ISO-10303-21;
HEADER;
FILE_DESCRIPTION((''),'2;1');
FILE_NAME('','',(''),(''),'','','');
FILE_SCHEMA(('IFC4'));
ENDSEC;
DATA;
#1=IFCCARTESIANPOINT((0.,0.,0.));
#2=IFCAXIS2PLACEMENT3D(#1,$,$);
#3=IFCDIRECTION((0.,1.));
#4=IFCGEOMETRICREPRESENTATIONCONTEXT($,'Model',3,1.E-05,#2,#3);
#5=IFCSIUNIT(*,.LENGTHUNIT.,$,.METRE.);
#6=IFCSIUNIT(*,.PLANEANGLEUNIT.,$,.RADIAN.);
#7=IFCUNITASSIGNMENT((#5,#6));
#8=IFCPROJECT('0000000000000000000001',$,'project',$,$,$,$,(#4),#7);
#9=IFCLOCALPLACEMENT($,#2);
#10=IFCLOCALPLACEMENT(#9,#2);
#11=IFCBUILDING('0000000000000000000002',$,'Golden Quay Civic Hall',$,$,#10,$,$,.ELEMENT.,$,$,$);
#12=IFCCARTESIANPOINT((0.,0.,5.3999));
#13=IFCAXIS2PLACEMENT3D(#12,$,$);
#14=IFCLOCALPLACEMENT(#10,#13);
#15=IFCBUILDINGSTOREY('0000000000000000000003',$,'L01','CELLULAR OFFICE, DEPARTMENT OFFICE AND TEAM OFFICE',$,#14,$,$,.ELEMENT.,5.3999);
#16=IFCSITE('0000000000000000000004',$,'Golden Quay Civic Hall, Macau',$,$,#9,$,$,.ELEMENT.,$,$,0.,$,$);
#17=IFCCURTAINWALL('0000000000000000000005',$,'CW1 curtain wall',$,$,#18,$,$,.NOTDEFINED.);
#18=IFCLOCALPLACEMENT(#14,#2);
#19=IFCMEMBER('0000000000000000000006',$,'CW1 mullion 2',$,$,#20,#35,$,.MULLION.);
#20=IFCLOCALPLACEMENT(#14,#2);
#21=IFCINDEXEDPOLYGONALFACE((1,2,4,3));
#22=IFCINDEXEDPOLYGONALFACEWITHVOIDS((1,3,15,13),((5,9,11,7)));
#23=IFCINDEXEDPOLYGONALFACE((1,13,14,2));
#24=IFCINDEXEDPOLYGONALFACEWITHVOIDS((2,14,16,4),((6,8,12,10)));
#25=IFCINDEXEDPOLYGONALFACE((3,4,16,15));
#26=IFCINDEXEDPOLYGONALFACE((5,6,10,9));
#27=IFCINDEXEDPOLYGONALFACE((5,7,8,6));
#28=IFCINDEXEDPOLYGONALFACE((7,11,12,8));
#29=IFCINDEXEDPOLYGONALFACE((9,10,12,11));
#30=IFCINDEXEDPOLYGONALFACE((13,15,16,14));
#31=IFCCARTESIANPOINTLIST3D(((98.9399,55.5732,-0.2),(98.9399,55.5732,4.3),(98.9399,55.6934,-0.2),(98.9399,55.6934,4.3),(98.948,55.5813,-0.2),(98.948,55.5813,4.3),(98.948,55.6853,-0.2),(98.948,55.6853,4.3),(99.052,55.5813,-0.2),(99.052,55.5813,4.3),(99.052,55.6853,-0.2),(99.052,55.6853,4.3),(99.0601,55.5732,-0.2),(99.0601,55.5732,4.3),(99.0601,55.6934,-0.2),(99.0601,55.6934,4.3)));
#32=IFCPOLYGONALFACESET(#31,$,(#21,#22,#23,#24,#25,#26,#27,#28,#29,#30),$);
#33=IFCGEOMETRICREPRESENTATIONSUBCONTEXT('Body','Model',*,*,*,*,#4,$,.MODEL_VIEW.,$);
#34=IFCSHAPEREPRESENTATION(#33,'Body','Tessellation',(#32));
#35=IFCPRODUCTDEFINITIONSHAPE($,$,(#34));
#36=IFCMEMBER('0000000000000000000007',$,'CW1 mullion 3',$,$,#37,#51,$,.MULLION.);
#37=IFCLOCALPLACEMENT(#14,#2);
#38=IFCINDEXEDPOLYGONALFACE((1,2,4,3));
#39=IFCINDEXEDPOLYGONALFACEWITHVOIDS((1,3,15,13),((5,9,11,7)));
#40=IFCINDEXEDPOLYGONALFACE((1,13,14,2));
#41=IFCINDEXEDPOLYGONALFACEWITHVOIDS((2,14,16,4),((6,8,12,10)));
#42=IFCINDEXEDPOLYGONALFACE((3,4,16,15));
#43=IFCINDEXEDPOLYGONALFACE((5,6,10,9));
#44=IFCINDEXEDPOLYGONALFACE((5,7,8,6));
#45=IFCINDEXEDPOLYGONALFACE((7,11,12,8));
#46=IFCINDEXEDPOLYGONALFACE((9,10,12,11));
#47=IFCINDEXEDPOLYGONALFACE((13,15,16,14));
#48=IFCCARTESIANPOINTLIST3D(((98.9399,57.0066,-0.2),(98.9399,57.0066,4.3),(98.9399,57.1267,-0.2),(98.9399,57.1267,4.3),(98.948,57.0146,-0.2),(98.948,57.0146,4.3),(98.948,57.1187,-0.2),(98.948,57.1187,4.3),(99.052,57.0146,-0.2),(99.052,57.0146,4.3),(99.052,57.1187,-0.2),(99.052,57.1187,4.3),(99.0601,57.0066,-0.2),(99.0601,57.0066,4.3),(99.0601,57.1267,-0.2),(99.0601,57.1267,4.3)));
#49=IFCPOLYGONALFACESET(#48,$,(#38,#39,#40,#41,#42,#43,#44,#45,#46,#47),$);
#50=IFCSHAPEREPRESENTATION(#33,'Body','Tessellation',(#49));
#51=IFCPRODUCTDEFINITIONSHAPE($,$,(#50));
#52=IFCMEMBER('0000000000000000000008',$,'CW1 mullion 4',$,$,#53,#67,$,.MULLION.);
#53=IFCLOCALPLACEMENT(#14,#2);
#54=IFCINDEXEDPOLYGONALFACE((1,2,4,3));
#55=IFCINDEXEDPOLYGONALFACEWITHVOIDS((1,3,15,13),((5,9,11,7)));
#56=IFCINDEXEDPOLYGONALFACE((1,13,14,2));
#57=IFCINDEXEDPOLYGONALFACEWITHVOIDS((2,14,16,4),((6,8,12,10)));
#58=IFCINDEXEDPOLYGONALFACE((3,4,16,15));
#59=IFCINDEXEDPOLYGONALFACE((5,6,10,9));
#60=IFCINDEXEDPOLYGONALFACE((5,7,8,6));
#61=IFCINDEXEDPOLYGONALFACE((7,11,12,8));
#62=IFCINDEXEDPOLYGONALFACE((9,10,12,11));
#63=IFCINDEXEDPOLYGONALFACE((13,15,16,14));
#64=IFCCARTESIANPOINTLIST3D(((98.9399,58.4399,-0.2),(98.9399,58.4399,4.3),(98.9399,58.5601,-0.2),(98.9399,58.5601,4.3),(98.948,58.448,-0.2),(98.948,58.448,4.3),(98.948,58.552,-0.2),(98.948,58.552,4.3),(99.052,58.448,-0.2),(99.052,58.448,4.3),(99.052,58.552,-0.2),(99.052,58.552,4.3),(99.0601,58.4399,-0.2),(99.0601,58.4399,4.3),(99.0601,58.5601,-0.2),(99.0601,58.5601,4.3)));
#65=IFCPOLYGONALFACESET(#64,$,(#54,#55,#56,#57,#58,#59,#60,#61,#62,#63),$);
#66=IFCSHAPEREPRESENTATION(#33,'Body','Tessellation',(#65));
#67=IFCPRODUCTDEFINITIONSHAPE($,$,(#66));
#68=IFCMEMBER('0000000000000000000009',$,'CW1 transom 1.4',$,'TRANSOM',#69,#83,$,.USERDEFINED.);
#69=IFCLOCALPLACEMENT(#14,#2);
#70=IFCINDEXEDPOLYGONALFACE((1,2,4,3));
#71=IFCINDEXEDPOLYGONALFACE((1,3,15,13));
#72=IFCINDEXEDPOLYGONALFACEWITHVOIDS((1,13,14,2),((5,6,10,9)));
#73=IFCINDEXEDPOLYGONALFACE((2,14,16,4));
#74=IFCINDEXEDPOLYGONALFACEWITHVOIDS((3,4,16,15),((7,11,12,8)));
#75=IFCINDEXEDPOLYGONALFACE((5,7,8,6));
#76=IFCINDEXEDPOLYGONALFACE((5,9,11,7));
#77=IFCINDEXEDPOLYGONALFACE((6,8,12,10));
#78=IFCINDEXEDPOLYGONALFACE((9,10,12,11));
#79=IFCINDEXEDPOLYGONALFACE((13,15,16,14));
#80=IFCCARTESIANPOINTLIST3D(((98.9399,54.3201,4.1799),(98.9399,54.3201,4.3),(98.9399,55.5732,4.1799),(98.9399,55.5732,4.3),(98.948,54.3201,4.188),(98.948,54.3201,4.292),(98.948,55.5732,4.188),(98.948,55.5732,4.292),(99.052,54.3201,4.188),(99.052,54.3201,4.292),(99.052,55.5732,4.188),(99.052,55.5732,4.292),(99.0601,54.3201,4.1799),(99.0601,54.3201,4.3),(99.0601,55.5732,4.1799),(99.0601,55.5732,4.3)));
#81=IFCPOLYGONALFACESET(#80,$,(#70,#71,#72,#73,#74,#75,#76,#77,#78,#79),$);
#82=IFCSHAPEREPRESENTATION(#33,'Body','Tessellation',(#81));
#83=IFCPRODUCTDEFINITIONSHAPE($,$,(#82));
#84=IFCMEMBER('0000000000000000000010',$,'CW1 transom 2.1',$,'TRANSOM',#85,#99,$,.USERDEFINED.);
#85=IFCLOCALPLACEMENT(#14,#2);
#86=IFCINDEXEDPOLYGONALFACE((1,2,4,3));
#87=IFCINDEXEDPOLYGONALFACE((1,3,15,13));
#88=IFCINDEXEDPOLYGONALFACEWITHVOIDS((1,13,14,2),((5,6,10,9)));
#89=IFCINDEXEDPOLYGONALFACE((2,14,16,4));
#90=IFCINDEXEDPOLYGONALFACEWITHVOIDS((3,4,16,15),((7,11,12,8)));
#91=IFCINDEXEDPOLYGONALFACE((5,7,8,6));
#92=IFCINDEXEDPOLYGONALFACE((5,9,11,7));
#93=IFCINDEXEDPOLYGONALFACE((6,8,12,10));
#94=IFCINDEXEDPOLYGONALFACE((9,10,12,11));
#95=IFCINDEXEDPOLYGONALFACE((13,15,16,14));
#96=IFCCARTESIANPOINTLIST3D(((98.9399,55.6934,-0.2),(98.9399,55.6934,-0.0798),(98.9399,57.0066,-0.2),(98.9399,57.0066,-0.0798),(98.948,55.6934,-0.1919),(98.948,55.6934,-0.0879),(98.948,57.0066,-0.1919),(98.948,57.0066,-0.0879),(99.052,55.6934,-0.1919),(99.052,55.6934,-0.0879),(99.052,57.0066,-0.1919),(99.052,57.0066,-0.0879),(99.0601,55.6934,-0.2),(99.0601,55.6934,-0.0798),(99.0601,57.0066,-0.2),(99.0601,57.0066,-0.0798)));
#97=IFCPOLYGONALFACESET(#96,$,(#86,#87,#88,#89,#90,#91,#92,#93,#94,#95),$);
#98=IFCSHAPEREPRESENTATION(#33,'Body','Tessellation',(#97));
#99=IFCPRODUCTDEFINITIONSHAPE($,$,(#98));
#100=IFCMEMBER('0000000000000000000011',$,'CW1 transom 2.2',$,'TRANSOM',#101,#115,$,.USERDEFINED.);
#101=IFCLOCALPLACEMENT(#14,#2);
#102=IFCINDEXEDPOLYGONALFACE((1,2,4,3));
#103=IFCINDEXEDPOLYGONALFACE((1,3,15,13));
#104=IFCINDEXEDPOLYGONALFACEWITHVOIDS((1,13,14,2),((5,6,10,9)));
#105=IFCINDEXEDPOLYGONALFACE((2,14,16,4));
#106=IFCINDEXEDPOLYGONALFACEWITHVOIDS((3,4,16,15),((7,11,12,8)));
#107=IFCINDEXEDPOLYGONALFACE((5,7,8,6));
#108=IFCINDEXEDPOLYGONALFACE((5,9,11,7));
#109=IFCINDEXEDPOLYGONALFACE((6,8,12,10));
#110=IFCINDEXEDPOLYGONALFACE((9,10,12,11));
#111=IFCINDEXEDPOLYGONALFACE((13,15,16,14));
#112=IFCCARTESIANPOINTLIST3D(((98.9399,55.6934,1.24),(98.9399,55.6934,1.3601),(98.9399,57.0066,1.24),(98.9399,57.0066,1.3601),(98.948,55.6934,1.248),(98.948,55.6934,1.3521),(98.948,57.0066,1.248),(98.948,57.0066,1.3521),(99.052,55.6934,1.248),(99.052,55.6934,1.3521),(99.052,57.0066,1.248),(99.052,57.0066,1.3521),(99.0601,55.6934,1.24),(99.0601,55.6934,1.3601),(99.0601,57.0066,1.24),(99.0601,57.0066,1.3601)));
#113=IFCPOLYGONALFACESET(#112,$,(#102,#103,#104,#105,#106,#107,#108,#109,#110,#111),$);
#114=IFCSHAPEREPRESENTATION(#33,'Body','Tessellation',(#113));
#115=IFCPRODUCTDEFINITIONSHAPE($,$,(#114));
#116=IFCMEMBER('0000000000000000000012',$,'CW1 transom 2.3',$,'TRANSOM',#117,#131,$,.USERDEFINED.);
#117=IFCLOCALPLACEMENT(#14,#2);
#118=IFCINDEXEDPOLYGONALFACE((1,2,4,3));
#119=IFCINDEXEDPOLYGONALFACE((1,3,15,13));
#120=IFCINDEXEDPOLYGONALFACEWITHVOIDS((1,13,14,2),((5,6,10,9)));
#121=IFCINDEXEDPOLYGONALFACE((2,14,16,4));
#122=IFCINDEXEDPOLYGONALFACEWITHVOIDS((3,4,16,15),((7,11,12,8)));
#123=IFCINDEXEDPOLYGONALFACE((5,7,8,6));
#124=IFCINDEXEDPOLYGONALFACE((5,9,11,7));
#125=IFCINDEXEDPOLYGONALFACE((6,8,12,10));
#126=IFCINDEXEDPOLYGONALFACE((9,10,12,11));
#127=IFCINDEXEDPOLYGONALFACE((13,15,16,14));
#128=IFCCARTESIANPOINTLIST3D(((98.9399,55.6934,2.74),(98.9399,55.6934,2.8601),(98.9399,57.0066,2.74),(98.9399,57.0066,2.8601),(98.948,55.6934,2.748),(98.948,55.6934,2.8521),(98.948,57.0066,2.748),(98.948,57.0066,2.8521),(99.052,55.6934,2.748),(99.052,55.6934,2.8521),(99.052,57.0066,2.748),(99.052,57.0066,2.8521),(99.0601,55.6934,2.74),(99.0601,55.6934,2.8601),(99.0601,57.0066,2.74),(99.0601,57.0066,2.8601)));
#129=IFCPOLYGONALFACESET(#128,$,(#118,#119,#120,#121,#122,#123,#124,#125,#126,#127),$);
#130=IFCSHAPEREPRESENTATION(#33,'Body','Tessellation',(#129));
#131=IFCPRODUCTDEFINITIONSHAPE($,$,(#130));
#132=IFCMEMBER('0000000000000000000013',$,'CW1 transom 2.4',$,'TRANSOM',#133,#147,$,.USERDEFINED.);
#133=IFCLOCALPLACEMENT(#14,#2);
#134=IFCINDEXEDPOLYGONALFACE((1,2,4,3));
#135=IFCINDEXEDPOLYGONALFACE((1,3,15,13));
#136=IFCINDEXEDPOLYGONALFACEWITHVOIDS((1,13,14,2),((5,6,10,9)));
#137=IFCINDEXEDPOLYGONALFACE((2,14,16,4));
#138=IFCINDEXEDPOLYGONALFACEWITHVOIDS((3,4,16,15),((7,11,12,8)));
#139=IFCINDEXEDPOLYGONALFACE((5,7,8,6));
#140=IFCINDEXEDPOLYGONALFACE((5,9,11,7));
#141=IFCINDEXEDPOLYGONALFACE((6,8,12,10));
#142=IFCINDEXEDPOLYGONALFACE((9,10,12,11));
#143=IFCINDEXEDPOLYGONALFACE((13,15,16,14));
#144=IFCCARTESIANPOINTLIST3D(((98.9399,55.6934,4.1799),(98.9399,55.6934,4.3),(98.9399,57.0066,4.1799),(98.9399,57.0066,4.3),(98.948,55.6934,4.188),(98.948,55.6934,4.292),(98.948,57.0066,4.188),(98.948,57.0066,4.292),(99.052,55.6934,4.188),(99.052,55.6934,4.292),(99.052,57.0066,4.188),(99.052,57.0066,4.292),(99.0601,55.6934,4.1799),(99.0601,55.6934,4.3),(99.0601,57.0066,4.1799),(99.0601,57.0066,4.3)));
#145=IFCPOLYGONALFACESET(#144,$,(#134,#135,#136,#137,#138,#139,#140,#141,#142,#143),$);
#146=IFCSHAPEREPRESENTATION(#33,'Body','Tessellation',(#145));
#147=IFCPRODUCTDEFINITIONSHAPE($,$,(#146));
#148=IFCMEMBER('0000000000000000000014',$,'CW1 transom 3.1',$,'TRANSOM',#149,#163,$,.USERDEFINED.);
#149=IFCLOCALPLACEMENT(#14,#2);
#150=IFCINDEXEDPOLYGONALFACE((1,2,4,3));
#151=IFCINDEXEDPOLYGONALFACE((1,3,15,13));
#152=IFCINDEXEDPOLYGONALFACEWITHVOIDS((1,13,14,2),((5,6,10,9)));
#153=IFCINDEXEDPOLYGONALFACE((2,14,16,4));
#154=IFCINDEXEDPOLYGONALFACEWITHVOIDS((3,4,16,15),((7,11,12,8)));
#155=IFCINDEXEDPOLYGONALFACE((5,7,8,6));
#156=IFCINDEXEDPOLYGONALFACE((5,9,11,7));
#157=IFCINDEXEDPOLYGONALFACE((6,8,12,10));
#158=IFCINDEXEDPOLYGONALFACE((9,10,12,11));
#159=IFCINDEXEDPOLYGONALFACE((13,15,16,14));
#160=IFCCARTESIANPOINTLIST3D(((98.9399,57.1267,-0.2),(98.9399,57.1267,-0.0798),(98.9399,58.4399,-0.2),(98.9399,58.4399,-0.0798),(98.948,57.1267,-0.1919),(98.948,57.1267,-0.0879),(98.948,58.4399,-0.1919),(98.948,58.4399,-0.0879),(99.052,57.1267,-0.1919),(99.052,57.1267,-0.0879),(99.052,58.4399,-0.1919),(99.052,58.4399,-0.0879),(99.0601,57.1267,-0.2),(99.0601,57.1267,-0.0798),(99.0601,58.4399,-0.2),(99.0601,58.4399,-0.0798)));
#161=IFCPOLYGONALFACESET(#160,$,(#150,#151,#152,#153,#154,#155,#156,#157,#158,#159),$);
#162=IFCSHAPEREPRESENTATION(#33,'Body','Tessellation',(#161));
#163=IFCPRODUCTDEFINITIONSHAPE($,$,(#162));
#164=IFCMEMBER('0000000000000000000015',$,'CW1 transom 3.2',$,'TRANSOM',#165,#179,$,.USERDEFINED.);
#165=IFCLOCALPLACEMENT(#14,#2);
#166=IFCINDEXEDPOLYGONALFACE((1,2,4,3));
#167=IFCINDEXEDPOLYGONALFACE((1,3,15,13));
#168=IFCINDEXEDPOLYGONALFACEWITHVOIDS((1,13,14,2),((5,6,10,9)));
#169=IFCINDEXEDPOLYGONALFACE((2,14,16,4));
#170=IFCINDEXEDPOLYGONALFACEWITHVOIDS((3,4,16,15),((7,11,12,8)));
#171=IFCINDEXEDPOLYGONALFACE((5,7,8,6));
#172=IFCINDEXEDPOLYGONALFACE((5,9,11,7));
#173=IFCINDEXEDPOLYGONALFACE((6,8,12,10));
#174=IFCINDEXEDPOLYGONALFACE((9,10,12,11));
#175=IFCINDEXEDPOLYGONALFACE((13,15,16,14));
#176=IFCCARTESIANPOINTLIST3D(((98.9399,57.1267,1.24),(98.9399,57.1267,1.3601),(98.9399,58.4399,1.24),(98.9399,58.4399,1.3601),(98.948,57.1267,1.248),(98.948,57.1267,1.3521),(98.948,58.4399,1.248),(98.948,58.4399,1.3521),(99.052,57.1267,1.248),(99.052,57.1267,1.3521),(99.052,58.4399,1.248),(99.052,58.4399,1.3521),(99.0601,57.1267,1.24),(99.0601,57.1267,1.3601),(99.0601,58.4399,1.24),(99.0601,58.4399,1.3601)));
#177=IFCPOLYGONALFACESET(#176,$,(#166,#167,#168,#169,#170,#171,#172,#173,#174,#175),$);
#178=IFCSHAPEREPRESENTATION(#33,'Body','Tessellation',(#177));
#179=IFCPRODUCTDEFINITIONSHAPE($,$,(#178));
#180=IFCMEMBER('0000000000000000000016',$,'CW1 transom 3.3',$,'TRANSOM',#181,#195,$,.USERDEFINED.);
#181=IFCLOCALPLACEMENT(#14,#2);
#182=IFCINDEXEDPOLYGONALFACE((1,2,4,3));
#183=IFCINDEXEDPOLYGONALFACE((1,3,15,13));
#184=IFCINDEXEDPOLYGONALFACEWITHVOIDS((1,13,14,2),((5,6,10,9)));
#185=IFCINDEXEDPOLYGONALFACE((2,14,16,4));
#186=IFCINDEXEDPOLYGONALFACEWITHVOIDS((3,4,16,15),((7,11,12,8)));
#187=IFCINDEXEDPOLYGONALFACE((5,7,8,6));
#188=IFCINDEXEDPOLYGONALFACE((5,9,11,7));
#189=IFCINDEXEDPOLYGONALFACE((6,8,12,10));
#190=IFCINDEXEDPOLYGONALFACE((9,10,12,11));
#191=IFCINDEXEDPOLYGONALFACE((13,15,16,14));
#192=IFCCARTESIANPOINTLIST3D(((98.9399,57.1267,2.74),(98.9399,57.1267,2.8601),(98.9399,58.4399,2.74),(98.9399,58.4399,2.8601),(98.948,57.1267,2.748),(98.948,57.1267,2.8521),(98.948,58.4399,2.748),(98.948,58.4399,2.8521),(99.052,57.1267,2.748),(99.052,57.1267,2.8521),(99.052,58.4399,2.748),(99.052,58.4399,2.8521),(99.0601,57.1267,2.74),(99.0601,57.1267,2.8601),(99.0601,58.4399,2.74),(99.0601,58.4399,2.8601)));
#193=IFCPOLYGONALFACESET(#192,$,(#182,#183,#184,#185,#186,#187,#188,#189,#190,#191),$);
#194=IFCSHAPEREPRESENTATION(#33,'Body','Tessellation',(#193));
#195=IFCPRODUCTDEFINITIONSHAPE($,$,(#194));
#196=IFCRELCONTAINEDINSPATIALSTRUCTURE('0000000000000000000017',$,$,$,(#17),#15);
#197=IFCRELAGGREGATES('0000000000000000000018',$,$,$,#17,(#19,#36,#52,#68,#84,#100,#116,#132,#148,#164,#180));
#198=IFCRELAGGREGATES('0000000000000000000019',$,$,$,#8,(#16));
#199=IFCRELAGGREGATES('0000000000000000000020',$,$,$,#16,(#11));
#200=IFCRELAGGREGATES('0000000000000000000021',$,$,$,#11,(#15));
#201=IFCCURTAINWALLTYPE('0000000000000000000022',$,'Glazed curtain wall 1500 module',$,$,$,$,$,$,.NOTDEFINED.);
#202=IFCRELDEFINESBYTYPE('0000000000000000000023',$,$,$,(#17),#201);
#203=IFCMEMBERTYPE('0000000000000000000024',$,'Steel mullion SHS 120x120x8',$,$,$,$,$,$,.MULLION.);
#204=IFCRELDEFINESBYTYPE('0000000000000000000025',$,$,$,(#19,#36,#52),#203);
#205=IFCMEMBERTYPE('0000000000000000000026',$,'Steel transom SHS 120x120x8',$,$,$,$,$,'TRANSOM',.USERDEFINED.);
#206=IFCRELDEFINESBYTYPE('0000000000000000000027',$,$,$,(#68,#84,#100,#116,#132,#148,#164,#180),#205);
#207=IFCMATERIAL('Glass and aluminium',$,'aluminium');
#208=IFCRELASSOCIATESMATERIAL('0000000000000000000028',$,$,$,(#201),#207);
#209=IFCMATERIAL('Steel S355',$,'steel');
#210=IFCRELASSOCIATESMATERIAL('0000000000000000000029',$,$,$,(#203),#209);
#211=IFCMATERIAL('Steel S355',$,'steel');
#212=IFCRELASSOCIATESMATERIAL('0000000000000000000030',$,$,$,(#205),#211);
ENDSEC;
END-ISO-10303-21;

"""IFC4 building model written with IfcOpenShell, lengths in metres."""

from ifc_helpers import new_model, si_unit, direction, frame, origin, origin_2d, place, context, subcontext, project, spatial, hollow_rectangle, extrude, material, material_profile, profile_set, type_object, element, aggregate, save


model = new_model("IFC4")

# Units and contexts
model_context = context("Model", 3, precision=1e-05, world=origin(), true_north=direction((0.0, 1.0)))
body_context = subcontext(model_context, "Body", "Model", "MODEL_VIEW")
ifc_project = project(units=[si_unit("LENGTHUNIT", "METRE"), si_unit("PLANEANGLEUNIT", "RADIAN")], contexts=[model_context])

# Site, building, storey
site_placement = place(None, origin())
site = spatial("IfcSite", under=ifc_project, at=site_placement, Name="Golden Quay Civic Hall, Macau", CompositionType="ELEMENT", RefElevation=0.0)
building_placement = place(site_placement, origin())
building = spatial("IfcBuilding", under=site, at=building_placement, Name="Golden Quay Civic Hall", CompositionType="ELEMENT")
storey_placement = place(building_placement, frame((0.0, 0.0, 5.3999)))
storey = spatial("IfcBuildingStorey", under=building, at=storey_placement, Name="L01", Description="CELLULAR OFFICE, DEPARTMENT OFFICE AND TEAM OFFICE", CompositionType="ELEMENT", Elevation=5.3999)

# Curtain wall, members
ifc_material_1 = material(Name="Glass and aluminium", Category="aluminium")
curtain_wall_type = type_object("IfcCurtainWallType", Name="Glazed curtain wall 1500 module", PredefinedType="NOTDEFINED", material=ifc_material_1)
curtain_wall_placement = place(storey_placement, origin())
curtain_wall = element("IfcCurtainWall", 1, at=curtain_wall_placement, inside=storey, type_object=curtain_wall_type, Name="CW1 curtain wall", PredefinedType="NOTDEFINED")
ifc_material_2 = material(Name="Steel S355", Category="steel")
ifc_material_profile_1 = material_profile(ifc_material_2, hollow_rectangle(XDim=0.1201, YDim=0.1201, WallThickness=0.0081, at=origin_2d()), Name="SHS 120x120x8")
ifc_profile_set_1 = profile_set([ifc_material_profile_1], Name="Steel S355")
member_type_1 = type_object("IfcMemberType", Name="Steel mullion SHS 120x120x8", PredefinedType="MULLION", material=ifc_profile_set_1)
member_1_placement = place(storey_placement, frame((99.0, 55.6333, -0.2), z_axis=(0.0, 0.0, 1.0), x_axis=(-1.0, 0.0, 0.0)))
member_1 = element("IfcMember", 2, at=member_1_placement, type_object=member_type_1, Name="CW1 mullion 2", PredefinedType="MULLION", context=body_context, shape_type="SweptSolid", body=[
    extrude(hollow_rectangle(XDim=0.1201, YDim=0.1201, WallThickness=0.0081, at=origin_2d()), origin(), (0.0, 0.0, 1.0), 4.5),
])
member_2_placement = place(storey_placement, frame((99.0, 57.0667, -0.2), z_axis=(0.0, 0.0, 1.0), x_axis=(-1.0, 0.0, 0.0)))
member_2 = element("IfcMember", 3, at=member_2_placement, type_object=member_type_1, Name="CW1 mullion 3", PredefinedType="MULLION", context=body_context, shape_type="SweptSolid", body=[
    extrude(hollow_rectangle(XDim=0.1201, YDim=0.1201, WallThickness=0.0081, at=origin_2d()), origin(), (0.0, 0.0, 1.0), 4.5),
])
member_3_placement = place(storey_placement, frame((99.0, 58.5, -0.2), z_axis=(0.0, 0.0, 1.0), x_axis=(-1.0, 0.0, 0.0)))
member_3 = element("IfcMember", 4, at=member_3_placement, type_object=member_type_1, Name="CW1 mullion 4", PredefinedType="MULLION", context=body_context, shape_type="SweptSolid", body=[
    extrude(hollow_rectangle(XDim=0.1201, YDim=0.1201, WallThickness=0.0081, at=origin_2d()), origin(), (0.0, 0.0, 1.0), 4.5),
])
ifc_material_3 = material(Name="Steel S355", Category="steel")
ifc_material_profile_2 = material_profile(ifc_material_3, hollow_rectangle(XDim=0.1201, YDim=0.1201, WallThickness=0.0081, at=origin_2d()), Name="SHS 120x120x8")
ifc_profile_set_2 = profile_set([ifc_material_profile_2], Name="Steel S355")
member_type_2 = type_object("IfcMemberType", Name="Steel transom SHS 120x120x8", ElementType="TRANSOM", PredefinedType="USERDEFINED", material=ifc_profile_set_2)
member_4_placement = place(storey_placement, frame((99.0, 54.3201, 4.24), z_axis=(0.0, 1.0, 0.0), x_axis=(-1.0, 0.0, 0.0)))
member_4 = element("IfcMember", 5, at=member_4_placement, type_object=member_type_2, Name="CW1 transom 1.4", ObjectType="TRANSOM", PredefinedType="USERDEFINED", context=body_context, shape_type="SweptSolid", body=[
    extrude(hollow_rectangle(XDim=0.1201, YDim=0.1201, WallThickness=0.0081, at=origin_2d()), origin(), (0.0, 0.0, 1.0), 1.2532),
])
member_5_placement = place(storey_placement, frame((99.0, 55.6934, -0.1399), z_axis=(0.0, 1.0, 0.0), x_axis=(-1.0, 0.0, 0.0)))
member_5 = element("IfcMember", 6, at=member_5_placement, type_object=member_type_2, Name="CW1 transom 2.1", ObjectType="TRANSOM", PredefinedType="USERDEFINED", context=body_context, shape_type="SweptSolid", body=[
    extrude(hollow_rectangle(XDim=0.1201, YDim=0.1201, WallThickness=0.0081, at=origin_2d()), origin(), (0.0, 0.0, 1.0), 1.3132),
])
member_6_placement = place(storey_placement, frame((99.0, 55.6934, 1.3), z_axis=(0.0, 1.0, 0.0), x_axis=(-1.0, 0.0, 0.0)))
member_6 = element("IfcMember", 7, at=member_6_placement, type_object=member_type_2, Name="CW1 transom 2.2", ObjectType="TRANSOM", PredefinedType="USERDEFINED", context=body_context, shape_type="SweptSolid", body=[
    extrude(hollow_rectangle(XDim=0.1201, YDim=0.1201, WallThickness=0.0081, at=origin_2d()), origin(), (0.0, 0.0, 1.0), 1.3132),
])
member_7_placement = place(storey_placement, frame((99.0, 55.6934, 2.8), z_axis=(0.0, 1.0, 0.0), x_axis=(-1.0, 0.0, 0.0)))
member_7 = element("IfcMember", 8, at=member_7_placement, type_object=member_type_2, Name="CW1 transom 2.3", ObjectType="TRANSOM", PredefinedType="USERDEFINED", context=body_context, shape_type="SweptSolid", body=[
    extrude(hollow_rectangle(XDim=0.1201, YDim=0.1201, WallThickness=0.0081, at=origin_2d()), origin(), (0.0, 0.0, 1.0), 1.3132),
])
member_8_placement = place(storey_placement, frame((99.0, 55.6934, 4.24), z_axis=(0.0, 1.0, 0.0), x_axis=(-1.0, 0.0, 0.0)))
member_8 = element("IfcMember", 9, at=member_8_placement, type_object=member_type_2, Name="CW1 transom 2.4", ObjectType="TRANSOM", PredefinedType="USERDEFINED", context=body_context, shape_type="SweptSolid", body=[
    extrude(hollow_rectangle(XDim=0.1201, YDim=0.1201, WallThickness=0.0081, at=origin_2d()), origin(), (0.0, 0.0, 1.0), 1.3132),
])
member_9_placement = place(storey_placement, frame((99.0, 57.1267, -0.1399), z_axis=(0.0, 1.0, 0.0), x_axis=(-1.0, 0.0, 0.0)))
member_9 = element("IfcMember", 10, at=member_9_placement, type_object=member_type_2, Name="CW1 transom 3.1", ObjectType="TRANSOM", PredefinedType="USERDEFINED", context=body_context, shape_type="SweptSolid", body=[
    extrude(hollow_rectangle(XDim=0.1201, YDim=0.1201, WallThickness=0.0081, at=origin_2d()), origin(), (0.0, 0.0, 1.0), 1.3132),
])
member_10_placement = place(storey_placement, frame((99.0, 57.1267, 1.3), z_axis=(0.0, 1.0, 0.0), x_axis=(-1.0, 0.0, 0.0)))
member_10 = element("IfcMember", 11, at=member_10_placement, type_object=member_type_2, Name="CW1 transom 3.2", ObjectType="TRANSOM", PredefinedType="USERDEFINED", context=body_context, shape_type="SweptSolid", body=[
    extrude(hollow_rectangle(XDim=0.1201, YDim=0.1201, WallThickness=0.0081, at=origin_2d()), origin(), (0.0, 0.0, 1.0), 1.3132),
])
member_11_placement = place(storey_placement, frame((99.0, 57.1267, 2.8), z_axis=(0.0, 1.0, 0.0), x_axis=(-1.0, 0.0, 0.0)))
member_11 = element("IfcMember", 12, at=member_11_placement, type_object=member_type_2, Name="CW1 transom 3.3", ObjectType="TRANSOM", PredefinedType="USERDEFINED", context=body_context, shape_type="SweptSolid", body=[
    extrude(hollow_rectangle(XDim=0.1201, YDim=0.1201, WallThickness=0.0081, at=origin_2d()), origin(), (0.0, 0.0, 1.0), 1.3132),
])
aggregate(curtain_wall, [member_1, member_2, member_3, member_4, member_5, member_6, member_7, member_8, member_9, member_10, member_11])

save(model, "model.ifc")
